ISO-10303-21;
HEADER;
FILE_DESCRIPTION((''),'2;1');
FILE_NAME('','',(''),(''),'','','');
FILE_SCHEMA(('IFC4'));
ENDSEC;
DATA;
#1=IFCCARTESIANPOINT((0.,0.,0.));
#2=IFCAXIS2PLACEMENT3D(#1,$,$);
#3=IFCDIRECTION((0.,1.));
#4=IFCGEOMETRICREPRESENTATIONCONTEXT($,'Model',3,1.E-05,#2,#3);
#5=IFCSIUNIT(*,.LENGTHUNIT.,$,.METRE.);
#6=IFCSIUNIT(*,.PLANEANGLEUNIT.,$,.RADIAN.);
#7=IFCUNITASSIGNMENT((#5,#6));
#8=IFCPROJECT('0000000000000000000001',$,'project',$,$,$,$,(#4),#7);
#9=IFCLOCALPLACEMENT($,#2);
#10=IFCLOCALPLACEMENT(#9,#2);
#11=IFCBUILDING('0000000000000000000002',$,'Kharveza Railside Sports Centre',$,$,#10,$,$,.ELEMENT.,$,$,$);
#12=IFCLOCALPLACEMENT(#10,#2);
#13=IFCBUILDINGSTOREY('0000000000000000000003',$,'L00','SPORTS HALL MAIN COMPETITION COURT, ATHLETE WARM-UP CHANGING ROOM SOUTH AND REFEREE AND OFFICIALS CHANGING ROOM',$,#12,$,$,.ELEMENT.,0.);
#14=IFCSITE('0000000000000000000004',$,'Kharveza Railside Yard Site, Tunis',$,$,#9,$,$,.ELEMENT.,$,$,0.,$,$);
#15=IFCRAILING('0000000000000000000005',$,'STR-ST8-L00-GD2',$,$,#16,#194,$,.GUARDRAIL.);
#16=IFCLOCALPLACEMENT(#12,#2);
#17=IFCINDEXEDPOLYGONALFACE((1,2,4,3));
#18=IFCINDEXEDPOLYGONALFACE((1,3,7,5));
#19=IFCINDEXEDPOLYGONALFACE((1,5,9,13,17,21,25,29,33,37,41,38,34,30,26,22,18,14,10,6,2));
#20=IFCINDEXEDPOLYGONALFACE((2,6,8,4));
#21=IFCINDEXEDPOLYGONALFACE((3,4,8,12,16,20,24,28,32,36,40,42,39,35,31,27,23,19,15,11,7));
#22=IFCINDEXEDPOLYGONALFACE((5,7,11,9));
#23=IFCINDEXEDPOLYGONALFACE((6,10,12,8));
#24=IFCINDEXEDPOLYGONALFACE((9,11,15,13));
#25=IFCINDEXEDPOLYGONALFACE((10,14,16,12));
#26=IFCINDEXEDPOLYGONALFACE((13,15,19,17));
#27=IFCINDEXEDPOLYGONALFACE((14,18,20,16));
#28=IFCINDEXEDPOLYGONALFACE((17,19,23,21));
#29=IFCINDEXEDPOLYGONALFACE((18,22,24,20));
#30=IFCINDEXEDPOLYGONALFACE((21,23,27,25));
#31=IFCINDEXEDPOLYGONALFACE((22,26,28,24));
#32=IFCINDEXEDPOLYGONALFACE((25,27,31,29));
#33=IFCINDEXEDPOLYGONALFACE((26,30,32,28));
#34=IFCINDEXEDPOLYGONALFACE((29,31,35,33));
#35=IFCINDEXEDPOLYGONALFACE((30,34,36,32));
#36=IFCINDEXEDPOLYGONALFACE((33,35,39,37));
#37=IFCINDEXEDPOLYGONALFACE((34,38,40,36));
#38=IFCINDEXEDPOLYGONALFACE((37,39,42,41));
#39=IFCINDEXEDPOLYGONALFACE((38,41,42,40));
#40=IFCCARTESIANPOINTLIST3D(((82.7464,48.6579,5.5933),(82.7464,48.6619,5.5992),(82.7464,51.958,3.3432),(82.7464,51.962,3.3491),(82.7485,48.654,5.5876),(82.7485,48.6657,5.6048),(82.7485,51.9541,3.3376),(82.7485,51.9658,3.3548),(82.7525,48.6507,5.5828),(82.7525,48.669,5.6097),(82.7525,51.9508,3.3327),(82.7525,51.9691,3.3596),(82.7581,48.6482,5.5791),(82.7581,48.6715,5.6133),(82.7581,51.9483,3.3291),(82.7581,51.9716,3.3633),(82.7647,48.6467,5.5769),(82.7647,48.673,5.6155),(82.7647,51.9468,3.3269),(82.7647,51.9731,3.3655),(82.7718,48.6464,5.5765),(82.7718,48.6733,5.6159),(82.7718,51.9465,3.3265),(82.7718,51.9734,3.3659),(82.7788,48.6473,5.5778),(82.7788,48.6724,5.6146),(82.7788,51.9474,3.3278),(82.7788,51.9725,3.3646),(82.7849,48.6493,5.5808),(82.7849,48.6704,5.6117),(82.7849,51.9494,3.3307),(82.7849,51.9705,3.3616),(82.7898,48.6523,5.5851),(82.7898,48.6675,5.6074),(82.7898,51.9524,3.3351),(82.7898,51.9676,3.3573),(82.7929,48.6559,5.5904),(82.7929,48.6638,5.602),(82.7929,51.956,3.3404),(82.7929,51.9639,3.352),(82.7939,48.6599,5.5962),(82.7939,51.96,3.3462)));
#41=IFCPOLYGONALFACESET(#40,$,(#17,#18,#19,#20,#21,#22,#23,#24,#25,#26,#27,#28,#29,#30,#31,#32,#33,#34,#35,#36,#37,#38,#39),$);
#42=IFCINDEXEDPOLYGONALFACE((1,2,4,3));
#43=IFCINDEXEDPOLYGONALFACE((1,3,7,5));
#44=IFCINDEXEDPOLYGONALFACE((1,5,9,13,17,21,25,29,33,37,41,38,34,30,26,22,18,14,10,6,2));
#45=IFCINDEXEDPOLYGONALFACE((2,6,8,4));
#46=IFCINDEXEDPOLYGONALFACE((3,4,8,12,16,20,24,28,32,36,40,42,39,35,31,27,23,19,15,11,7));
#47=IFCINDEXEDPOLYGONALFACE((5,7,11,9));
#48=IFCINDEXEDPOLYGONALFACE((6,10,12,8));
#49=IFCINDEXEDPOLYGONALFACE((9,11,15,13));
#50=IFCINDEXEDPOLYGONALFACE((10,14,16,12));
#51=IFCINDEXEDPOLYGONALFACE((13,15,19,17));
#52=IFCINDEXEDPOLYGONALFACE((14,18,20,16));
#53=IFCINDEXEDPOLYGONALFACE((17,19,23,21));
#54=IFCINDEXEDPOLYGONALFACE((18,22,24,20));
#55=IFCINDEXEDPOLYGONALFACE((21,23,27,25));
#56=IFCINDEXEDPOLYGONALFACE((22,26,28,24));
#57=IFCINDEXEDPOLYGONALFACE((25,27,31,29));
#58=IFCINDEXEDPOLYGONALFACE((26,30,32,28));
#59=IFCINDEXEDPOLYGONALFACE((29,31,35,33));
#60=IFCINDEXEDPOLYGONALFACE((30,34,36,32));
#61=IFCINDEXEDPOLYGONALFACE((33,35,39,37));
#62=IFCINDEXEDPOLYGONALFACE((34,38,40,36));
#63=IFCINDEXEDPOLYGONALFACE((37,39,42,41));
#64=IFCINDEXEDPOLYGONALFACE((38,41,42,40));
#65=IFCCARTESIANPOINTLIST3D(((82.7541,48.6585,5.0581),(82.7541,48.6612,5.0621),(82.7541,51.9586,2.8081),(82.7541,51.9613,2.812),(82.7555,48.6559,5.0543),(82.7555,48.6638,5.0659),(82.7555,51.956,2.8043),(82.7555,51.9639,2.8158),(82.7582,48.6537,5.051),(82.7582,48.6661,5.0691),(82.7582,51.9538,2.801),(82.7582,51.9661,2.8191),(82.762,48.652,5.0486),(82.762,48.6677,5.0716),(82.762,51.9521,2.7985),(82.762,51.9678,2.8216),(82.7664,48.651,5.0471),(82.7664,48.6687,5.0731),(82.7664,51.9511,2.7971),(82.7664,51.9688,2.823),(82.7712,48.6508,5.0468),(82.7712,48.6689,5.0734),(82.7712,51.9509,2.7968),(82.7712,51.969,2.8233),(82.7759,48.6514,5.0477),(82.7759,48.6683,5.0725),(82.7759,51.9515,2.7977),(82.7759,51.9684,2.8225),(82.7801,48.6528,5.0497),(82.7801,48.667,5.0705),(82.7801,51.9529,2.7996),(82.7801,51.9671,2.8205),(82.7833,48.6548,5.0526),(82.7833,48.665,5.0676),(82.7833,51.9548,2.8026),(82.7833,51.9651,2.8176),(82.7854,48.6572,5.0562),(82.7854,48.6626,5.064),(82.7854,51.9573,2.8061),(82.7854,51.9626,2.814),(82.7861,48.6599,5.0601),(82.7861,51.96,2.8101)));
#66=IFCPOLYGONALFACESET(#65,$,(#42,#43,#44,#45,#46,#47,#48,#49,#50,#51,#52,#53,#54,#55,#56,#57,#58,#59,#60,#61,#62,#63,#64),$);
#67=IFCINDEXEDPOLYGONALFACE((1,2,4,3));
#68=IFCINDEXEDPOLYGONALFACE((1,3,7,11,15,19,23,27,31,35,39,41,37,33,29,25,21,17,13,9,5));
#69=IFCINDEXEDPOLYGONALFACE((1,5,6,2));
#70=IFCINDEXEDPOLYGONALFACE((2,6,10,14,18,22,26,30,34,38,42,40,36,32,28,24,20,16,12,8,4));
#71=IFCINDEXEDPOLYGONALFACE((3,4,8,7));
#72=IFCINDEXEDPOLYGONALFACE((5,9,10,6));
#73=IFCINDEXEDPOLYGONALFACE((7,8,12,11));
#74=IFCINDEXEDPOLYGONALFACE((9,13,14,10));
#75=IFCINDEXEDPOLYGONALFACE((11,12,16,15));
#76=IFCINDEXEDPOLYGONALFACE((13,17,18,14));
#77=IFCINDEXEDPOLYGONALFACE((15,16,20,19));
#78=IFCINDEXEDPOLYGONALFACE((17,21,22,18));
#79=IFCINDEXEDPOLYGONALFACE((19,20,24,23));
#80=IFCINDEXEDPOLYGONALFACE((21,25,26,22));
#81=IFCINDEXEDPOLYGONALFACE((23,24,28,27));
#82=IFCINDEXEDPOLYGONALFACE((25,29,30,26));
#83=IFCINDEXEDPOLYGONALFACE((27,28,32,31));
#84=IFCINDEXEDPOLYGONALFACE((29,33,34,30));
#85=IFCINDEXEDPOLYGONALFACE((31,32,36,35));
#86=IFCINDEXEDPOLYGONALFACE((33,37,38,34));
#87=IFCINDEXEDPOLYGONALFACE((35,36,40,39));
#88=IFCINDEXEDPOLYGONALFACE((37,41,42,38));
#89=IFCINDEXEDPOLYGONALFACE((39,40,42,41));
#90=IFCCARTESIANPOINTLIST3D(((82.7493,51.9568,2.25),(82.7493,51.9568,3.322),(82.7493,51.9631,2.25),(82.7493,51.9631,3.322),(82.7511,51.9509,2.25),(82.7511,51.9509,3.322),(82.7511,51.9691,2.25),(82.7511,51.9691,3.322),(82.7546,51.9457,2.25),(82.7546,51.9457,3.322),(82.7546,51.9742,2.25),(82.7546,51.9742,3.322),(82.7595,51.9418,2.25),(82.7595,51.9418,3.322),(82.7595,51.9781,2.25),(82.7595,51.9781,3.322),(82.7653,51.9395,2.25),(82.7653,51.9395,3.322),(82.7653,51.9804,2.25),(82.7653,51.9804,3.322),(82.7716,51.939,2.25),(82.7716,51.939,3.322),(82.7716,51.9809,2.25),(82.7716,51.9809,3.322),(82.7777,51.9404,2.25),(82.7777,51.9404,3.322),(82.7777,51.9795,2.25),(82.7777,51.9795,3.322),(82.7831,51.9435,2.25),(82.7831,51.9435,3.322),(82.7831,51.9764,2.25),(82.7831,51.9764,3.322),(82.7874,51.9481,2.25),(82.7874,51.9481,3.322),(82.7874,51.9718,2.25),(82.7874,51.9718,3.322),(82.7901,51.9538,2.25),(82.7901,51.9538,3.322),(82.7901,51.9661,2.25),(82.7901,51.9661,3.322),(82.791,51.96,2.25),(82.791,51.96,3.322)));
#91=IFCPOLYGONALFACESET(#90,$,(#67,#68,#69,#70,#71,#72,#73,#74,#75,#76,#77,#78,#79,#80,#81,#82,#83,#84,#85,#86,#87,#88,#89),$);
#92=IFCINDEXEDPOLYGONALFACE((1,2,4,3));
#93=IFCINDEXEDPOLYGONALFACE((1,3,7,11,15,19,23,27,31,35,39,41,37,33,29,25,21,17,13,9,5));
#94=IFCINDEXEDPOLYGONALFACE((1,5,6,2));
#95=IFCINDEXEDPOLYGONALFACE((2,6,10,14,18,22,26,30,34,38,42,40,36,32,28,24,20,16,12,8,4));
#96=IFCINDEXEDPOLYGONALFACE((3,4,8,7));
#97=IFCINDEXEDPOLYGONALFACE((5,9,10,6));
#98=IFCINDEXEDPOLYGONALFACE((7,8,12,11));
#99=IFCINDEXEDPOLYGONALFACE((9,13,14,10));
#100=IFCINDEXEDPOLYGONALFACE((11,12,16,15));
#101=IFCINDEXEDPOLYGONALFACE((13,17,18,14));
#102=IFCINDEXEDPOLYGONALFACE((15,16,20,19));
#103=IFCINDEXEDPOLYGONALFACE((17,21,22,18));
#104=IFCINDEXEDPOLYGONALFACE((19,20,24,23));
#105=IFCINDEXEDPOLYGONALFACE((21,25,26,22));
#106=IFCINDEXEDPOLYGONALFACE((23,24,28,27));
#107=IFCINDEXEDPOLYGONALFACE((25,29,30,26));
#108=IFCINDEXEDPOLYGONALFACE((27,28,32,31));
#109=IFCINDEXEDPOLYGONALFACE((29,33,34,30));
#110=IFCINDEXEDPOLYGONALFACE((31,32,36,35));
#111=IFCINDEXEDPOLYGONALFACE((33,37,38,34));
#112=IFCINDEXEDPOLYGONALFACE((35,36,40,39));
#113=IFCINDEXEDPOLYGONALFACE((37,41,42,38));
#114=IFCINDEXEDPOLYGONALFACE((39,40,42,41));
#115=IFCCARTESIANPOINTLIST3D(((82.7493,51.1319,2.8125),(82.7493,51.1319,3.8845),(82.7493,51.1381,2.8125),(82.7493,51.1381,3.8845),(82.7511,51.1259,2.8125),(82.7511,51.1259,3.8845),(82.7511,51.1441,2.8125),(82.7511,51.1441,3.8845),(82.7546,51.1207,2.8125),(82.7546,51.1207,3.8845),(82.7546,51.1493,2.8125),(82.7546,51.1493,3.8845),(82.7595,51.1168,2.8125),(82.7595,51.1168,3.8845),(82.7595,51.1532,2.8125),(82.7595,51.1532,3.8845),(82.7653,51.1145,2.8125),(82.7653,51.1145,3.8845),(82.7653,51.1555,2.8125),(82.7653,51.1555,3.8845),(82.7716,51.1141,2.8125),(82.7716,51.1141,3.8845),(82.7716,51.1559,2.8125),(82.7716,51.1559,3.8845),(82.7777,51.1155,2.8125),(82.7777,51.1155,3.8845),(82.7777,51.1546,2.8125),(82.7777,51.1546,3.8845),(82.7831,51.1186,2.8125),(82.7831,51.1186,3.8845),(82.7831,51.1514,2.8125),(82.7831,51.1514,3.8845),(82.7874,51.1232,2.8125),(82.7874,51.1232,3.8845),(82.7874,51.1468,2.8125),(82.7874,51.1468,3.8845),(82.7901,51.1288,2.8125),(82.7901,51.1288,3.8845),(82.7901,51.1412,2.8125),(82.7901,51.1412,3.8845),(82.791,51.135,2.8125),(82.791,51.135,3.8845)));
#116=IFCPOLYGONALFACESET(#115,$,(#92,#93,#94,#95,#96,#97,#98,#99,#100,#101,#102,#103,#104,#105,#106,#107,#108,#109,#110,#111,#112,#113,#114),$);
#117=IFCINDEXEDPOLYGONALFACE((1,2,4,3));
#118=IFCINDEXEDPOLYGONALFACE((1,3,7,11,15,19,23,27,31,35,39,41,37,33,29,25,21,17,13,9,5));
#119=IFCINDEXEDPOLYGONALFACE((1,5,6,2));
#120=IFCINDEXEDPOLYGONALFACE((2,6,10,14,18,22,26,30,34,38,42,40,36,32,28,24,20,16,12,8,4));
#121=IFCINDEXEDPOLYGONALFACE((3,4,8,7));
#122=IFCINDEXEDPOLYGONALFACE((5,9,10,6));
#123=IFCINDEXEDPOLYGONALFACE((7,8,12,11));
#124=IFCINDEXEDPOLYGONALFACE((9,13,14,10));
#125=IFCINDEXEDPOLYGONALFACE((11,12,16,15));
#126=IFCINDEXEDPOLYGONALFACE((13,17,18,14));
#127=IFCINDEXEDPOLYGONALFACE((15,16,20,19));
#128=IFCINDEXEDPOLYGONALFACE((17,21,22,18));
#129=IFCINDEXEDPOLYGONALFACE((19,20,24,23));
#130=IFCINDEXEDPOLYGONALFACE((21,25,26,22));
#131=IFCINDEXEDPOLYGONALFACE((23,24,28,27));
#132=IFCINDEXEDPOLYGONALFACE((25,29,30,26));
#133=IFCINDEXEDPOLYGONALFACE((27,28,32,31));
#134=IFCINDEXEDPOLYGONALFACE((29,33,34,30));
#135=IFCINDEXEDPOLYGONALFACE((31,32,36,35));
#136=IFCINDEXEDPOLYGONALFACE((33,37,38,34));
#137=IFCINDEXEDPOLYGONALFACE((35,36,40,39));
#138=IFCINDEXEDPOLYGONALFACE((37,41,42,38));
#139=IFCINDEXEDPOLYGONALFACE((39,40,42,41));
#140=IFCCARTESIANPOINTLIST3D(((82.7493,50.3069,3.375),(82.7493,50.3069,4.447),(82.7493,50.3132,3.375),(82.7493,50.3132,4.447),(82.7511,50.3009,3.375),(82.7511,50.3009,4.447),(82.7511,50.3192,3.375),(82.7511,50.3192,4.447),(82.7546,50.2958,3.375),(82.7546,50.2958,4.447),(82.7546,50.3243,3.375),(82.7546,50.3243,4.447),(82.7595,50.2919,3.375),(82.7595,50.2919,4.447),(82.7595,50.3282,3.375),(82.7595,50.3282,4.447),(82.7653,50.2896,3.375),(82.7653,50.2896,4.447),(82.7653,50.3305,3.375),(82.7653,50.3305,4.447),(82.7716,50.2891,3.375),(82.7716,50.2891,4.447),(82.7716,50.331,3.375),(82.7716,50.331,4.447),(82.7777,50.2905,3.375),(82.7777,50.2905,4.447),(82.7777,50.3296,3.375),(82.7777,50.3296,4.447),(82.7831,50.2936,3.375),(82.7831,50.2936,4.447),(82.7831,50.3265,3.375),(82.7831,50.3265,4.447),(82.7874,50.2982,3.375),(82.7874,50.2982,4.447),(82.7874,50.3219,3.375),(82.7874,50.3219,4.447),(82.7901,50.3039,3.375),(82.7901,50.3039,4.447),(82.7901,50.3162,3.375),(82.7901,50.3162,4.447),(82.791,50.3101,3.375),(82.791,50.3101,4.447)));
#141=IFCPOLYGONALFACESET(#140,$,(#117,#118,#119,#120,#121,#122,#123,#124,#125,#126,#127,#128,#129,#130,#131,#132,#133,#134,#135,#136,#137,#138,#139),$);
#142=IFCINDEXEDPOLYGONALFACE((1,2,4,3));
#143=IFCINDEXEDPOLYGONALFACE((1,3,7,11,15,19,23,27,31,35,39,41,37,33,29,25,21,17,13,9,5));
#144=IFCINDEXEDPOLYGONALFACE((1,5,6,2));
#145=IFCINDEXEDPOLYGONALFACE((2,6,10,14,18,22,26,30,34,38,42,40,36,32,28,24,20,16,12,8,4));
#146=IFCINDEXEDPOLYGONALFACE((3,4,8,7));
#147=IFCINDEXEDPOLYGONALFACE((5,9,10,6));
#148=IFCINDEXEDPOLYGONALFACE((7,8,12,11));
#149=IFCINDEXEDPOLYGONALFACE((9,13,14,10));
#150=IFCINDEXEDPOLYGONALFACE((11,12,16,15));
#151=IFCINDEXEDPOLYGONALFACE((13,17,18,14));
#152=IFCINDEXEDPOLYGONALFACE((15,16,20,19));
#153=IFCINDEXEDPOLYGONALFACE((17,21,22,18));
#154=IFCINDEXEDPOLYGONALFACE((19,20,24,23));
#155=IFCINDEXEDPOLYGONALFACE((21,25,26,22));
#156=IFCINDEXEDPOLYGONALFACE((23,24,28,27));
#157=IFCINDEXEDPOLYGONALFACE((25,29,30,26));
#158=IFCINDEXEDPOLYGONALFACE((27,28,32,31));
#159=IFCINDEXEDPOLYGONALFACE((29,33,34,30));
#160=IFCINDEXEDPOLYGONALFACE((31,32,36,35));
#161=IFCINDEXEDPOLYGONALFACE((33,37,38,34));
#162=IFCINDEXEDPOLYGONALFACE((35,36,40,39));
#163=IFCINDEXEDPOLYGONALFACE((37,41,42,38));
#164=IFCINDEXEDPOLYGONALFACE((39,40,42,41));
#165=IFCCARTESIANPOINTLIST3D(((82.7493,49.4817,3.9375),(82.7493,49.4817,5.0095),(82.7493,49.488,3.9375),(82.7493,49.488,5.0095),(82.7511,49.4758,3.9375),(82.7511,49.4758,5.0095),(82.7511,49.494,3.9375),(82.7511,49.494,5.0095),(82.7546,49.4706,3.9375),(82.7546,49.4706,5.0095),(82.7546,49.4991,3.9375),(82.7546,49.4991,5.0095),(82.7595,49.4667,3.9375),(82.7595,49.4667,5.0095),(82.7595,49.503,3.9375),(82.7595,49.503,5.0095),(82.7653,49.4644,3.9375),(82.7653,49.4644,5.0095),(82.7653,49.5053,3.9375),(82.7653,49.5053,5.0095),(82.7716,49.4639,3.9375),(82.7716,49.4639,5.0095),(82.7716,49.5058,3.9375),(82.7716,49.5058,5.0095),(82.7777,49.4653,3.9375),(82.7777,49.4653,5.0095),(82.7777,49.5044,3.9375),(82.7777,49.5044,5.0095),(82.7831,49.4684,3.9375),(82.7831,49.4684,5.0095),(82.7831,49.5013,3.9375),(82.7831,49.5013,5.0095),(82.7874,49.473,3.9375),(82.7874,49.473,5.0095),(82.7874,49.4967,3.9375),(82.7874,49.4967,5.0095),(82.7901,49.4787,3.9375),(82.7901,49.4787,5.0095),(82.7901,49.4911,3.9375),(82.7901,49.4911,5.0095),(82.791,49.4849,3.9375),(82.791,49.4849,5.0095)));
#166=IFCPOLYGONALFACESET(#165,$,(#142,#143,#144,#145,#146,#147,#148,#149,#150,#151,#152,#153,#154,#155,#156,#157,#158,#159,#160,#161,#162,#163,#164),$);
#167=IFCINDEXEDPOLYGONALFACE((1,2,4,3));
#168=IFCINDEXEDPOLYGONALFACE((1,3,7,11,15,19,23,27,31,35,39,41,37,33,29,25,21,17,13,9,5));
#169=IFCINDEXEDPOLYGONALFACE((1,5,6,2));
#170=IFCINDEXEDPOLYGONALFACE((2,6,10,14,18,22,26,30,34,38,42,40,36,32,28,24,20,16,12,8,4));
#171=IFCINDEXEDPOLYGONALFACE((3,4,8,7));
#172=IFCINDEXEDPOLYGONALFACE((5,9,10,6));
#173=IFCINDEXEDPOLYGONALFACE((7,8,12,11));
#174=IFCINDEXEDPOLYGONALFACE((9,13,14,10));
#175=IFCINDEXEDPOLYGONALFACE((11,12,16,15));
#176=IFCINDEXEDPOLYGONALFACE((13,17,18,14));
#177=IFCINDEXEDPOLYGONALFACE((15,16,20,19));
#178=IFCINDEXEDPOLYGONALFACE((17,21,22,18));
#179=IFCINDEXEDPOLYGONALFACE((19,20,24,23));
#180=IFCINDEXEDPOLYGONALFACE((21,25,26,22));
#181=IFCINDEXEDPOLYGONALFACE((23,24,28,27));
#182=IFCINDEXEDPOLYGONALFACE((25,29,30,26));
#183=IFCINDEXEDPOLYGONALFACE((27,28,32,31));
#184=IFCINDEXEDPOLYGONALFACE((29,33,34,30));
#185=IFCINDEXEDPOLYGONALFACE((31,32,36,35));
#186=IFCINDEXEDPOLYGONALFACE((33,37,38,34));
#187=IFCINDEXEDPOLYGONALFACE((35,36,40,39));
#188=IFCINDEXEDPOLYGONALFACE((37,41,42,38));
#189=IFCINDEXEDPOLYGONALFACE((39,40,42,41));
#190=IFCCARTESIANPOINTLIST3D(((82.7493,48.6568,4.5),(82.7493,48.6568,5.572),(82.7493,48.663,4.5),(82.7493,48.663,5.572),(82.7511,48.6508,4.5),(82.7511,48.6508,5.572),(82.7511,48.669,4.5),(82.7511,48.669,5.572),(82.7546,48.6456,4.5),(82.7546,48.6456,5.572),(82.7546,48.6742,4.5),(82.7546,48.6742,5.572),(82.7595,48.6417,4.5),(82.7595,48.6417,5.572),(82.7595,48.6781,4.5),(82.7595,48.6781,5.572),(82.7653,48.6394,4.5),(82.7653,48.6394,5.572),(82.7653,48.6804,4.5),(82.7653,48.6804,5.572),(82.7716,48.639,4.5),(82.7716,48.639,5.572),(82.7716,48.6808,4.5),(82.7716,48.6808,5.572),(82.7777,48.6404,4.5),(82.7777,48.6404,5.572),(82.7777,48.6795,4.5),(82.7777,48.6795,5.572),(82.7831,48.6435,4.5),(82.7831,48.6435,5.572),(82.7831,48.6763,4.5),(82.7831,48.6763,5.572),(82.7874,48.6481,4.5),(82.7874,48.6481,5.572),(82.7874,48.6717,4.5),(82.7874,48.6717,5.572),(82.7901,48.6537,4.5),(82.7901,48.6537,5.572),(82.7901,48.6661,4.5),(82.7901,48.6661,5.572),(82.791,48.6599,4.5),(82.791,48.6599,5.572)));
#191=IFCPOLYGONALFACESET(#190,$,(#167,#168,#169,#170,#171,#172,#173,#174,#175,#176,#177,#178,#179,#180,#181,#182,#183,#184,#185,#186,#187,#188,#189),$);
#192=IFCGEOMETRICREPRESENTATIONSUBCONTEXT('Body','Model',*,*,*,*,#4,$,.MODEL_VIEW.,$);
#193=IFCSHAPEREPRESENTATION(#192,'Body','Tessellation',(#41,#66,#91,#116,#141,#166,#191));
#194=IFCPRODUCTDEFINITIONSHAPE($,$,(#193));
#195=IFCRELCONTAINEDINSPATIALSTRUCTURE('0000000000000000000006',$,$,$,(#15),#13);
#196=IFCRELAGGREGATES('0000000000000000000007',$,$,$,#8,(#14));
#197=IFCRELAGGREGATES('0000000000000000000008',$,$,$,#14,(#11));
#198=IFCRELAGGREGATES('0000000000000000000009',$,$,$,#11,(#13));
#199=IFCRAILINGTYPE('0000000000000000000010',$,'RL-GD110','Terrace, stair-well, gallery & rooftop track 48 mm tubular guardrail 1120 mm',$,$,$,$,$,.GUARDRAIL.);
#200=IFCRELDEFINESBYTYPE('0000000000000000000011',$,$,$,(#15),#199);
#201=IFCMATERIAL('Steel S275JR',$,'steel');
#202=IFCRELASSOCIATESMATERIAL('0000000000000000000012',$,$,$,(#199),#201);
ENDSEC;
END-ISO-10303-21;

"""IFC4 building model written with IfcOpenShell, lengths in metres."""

from ifc_helpers import new_model, si_unit, direction, frame, origin, origin_2d, place, context, subcontext, project, spatial, circle, extrude, material, type_object, element, save


model = new_model("IFC4")

# Units and contexts
model_context = context("Model", 3, precision=1e-05, world=origin(), true_north=direction((0.0, 1.0)))
body_context = subcontext(model_context, "Body", "Model", "MODEL_VIEW")
ifc_project = project(units=[si_unit("LENGTHUNIT", "METRE"), si_unit("PLANEANGLEUNIT", "RADIAN")], contexts=[model_context])

# Site, building, storey
site_placement = place(None, origin())
site = spatial("IfcSite", under=ifc_project, at=site_placement, Name="Kharveza Railside Yard Site, Tunis", CompositionType="ELEMENT", RefElevation=0.0)
building_placement = place(site_placement, origin())
building = spatial("IfcBuilding", under=site, at=building_placement, Name="Kharveza Railside Sports Centre", CompositionType="ELEMENT")
storey_placement = place(building_placement, origin())
storey = spatial("IfcBuildingStorey", under=building, at=storey_placement, Name="L00", Description="SPORTS HALL MAIN COMPETITION COURT, ATHLETE WARM-UP CHANGING ROOM SOUTH AND REFEREE AND OFFICIALS CHANGING ROOM", CompositionType="ELEMENT", Elevation=0.0)

# Railing
ifc_material_1 = material(Name="Steel S275JR", Category="steel")
railing_type_1 = type_object("IfcRailingType", Name="RL-GD110", Description="Terrace, stair-well, gallery & rooftop track 48 mm tubular guardrail 1120 mm", PredefinedType="GUARDRAIL", material=ifc_material_1)
railing_1_placement = place(storey_placement, frame((82.77, 51.96, 2.25)))
element("IfcRailing", 1, at=railing_1_placement, inside=storey, type_object=railing_type_1, Name="STR-ST8-L00-GD2", PredefinedType="GUARDRAIL", context=body_context, shape_type="SweptSolid", body=[
    extrude(circle(Radius=0.0239, at=origin_2d()), frame((0.0, 0.0, 1.0962), z_axis=(0.0, -0.826231, 0.563331), x_axis=(1.0, 0.0, 0.0)), (0.0, 0.0, 1.0), 3.9941),
    extrude(circle(Radius=0.0161, at=origin_2d()), frame((0.0, 0.0, 0.5601), z_axis=(0.0, -0.826231, 0.563331), x_axis=(1.0, 0.0, 0.0)), (0.0, 0.0, 1.0), 3.9941),
    extrude(circle(Radius=0.021, at=origin_2d()), origin(), (0.0, 0.0, 1.0), 1.072),
    extrude(circle(Radius=0.021, at=origin_2d()), frame((0.0, -0.825, 0.5625)), (0.0, 0.0, 1.0), 1.072),
    extrude(circle(Radius=0.021, at=origin_2d()), frame((0.0, -1.6499, 1.125)), (0.0, 0.0, 1.0), 1.072),
    extrude(circle(Radius=0.021, at=origin_2d()), frame((0.0, -2.4751, 1.6875)), (0.0, 0.0, 1.0), 1.072),
    extrude(circle(Radius=0.021, at=origin_2d()), frame((0.0, -3.3, 2.25)), (0.0, 0.0, 1.0), 1.072),
])

save(model, "model.ifc")
